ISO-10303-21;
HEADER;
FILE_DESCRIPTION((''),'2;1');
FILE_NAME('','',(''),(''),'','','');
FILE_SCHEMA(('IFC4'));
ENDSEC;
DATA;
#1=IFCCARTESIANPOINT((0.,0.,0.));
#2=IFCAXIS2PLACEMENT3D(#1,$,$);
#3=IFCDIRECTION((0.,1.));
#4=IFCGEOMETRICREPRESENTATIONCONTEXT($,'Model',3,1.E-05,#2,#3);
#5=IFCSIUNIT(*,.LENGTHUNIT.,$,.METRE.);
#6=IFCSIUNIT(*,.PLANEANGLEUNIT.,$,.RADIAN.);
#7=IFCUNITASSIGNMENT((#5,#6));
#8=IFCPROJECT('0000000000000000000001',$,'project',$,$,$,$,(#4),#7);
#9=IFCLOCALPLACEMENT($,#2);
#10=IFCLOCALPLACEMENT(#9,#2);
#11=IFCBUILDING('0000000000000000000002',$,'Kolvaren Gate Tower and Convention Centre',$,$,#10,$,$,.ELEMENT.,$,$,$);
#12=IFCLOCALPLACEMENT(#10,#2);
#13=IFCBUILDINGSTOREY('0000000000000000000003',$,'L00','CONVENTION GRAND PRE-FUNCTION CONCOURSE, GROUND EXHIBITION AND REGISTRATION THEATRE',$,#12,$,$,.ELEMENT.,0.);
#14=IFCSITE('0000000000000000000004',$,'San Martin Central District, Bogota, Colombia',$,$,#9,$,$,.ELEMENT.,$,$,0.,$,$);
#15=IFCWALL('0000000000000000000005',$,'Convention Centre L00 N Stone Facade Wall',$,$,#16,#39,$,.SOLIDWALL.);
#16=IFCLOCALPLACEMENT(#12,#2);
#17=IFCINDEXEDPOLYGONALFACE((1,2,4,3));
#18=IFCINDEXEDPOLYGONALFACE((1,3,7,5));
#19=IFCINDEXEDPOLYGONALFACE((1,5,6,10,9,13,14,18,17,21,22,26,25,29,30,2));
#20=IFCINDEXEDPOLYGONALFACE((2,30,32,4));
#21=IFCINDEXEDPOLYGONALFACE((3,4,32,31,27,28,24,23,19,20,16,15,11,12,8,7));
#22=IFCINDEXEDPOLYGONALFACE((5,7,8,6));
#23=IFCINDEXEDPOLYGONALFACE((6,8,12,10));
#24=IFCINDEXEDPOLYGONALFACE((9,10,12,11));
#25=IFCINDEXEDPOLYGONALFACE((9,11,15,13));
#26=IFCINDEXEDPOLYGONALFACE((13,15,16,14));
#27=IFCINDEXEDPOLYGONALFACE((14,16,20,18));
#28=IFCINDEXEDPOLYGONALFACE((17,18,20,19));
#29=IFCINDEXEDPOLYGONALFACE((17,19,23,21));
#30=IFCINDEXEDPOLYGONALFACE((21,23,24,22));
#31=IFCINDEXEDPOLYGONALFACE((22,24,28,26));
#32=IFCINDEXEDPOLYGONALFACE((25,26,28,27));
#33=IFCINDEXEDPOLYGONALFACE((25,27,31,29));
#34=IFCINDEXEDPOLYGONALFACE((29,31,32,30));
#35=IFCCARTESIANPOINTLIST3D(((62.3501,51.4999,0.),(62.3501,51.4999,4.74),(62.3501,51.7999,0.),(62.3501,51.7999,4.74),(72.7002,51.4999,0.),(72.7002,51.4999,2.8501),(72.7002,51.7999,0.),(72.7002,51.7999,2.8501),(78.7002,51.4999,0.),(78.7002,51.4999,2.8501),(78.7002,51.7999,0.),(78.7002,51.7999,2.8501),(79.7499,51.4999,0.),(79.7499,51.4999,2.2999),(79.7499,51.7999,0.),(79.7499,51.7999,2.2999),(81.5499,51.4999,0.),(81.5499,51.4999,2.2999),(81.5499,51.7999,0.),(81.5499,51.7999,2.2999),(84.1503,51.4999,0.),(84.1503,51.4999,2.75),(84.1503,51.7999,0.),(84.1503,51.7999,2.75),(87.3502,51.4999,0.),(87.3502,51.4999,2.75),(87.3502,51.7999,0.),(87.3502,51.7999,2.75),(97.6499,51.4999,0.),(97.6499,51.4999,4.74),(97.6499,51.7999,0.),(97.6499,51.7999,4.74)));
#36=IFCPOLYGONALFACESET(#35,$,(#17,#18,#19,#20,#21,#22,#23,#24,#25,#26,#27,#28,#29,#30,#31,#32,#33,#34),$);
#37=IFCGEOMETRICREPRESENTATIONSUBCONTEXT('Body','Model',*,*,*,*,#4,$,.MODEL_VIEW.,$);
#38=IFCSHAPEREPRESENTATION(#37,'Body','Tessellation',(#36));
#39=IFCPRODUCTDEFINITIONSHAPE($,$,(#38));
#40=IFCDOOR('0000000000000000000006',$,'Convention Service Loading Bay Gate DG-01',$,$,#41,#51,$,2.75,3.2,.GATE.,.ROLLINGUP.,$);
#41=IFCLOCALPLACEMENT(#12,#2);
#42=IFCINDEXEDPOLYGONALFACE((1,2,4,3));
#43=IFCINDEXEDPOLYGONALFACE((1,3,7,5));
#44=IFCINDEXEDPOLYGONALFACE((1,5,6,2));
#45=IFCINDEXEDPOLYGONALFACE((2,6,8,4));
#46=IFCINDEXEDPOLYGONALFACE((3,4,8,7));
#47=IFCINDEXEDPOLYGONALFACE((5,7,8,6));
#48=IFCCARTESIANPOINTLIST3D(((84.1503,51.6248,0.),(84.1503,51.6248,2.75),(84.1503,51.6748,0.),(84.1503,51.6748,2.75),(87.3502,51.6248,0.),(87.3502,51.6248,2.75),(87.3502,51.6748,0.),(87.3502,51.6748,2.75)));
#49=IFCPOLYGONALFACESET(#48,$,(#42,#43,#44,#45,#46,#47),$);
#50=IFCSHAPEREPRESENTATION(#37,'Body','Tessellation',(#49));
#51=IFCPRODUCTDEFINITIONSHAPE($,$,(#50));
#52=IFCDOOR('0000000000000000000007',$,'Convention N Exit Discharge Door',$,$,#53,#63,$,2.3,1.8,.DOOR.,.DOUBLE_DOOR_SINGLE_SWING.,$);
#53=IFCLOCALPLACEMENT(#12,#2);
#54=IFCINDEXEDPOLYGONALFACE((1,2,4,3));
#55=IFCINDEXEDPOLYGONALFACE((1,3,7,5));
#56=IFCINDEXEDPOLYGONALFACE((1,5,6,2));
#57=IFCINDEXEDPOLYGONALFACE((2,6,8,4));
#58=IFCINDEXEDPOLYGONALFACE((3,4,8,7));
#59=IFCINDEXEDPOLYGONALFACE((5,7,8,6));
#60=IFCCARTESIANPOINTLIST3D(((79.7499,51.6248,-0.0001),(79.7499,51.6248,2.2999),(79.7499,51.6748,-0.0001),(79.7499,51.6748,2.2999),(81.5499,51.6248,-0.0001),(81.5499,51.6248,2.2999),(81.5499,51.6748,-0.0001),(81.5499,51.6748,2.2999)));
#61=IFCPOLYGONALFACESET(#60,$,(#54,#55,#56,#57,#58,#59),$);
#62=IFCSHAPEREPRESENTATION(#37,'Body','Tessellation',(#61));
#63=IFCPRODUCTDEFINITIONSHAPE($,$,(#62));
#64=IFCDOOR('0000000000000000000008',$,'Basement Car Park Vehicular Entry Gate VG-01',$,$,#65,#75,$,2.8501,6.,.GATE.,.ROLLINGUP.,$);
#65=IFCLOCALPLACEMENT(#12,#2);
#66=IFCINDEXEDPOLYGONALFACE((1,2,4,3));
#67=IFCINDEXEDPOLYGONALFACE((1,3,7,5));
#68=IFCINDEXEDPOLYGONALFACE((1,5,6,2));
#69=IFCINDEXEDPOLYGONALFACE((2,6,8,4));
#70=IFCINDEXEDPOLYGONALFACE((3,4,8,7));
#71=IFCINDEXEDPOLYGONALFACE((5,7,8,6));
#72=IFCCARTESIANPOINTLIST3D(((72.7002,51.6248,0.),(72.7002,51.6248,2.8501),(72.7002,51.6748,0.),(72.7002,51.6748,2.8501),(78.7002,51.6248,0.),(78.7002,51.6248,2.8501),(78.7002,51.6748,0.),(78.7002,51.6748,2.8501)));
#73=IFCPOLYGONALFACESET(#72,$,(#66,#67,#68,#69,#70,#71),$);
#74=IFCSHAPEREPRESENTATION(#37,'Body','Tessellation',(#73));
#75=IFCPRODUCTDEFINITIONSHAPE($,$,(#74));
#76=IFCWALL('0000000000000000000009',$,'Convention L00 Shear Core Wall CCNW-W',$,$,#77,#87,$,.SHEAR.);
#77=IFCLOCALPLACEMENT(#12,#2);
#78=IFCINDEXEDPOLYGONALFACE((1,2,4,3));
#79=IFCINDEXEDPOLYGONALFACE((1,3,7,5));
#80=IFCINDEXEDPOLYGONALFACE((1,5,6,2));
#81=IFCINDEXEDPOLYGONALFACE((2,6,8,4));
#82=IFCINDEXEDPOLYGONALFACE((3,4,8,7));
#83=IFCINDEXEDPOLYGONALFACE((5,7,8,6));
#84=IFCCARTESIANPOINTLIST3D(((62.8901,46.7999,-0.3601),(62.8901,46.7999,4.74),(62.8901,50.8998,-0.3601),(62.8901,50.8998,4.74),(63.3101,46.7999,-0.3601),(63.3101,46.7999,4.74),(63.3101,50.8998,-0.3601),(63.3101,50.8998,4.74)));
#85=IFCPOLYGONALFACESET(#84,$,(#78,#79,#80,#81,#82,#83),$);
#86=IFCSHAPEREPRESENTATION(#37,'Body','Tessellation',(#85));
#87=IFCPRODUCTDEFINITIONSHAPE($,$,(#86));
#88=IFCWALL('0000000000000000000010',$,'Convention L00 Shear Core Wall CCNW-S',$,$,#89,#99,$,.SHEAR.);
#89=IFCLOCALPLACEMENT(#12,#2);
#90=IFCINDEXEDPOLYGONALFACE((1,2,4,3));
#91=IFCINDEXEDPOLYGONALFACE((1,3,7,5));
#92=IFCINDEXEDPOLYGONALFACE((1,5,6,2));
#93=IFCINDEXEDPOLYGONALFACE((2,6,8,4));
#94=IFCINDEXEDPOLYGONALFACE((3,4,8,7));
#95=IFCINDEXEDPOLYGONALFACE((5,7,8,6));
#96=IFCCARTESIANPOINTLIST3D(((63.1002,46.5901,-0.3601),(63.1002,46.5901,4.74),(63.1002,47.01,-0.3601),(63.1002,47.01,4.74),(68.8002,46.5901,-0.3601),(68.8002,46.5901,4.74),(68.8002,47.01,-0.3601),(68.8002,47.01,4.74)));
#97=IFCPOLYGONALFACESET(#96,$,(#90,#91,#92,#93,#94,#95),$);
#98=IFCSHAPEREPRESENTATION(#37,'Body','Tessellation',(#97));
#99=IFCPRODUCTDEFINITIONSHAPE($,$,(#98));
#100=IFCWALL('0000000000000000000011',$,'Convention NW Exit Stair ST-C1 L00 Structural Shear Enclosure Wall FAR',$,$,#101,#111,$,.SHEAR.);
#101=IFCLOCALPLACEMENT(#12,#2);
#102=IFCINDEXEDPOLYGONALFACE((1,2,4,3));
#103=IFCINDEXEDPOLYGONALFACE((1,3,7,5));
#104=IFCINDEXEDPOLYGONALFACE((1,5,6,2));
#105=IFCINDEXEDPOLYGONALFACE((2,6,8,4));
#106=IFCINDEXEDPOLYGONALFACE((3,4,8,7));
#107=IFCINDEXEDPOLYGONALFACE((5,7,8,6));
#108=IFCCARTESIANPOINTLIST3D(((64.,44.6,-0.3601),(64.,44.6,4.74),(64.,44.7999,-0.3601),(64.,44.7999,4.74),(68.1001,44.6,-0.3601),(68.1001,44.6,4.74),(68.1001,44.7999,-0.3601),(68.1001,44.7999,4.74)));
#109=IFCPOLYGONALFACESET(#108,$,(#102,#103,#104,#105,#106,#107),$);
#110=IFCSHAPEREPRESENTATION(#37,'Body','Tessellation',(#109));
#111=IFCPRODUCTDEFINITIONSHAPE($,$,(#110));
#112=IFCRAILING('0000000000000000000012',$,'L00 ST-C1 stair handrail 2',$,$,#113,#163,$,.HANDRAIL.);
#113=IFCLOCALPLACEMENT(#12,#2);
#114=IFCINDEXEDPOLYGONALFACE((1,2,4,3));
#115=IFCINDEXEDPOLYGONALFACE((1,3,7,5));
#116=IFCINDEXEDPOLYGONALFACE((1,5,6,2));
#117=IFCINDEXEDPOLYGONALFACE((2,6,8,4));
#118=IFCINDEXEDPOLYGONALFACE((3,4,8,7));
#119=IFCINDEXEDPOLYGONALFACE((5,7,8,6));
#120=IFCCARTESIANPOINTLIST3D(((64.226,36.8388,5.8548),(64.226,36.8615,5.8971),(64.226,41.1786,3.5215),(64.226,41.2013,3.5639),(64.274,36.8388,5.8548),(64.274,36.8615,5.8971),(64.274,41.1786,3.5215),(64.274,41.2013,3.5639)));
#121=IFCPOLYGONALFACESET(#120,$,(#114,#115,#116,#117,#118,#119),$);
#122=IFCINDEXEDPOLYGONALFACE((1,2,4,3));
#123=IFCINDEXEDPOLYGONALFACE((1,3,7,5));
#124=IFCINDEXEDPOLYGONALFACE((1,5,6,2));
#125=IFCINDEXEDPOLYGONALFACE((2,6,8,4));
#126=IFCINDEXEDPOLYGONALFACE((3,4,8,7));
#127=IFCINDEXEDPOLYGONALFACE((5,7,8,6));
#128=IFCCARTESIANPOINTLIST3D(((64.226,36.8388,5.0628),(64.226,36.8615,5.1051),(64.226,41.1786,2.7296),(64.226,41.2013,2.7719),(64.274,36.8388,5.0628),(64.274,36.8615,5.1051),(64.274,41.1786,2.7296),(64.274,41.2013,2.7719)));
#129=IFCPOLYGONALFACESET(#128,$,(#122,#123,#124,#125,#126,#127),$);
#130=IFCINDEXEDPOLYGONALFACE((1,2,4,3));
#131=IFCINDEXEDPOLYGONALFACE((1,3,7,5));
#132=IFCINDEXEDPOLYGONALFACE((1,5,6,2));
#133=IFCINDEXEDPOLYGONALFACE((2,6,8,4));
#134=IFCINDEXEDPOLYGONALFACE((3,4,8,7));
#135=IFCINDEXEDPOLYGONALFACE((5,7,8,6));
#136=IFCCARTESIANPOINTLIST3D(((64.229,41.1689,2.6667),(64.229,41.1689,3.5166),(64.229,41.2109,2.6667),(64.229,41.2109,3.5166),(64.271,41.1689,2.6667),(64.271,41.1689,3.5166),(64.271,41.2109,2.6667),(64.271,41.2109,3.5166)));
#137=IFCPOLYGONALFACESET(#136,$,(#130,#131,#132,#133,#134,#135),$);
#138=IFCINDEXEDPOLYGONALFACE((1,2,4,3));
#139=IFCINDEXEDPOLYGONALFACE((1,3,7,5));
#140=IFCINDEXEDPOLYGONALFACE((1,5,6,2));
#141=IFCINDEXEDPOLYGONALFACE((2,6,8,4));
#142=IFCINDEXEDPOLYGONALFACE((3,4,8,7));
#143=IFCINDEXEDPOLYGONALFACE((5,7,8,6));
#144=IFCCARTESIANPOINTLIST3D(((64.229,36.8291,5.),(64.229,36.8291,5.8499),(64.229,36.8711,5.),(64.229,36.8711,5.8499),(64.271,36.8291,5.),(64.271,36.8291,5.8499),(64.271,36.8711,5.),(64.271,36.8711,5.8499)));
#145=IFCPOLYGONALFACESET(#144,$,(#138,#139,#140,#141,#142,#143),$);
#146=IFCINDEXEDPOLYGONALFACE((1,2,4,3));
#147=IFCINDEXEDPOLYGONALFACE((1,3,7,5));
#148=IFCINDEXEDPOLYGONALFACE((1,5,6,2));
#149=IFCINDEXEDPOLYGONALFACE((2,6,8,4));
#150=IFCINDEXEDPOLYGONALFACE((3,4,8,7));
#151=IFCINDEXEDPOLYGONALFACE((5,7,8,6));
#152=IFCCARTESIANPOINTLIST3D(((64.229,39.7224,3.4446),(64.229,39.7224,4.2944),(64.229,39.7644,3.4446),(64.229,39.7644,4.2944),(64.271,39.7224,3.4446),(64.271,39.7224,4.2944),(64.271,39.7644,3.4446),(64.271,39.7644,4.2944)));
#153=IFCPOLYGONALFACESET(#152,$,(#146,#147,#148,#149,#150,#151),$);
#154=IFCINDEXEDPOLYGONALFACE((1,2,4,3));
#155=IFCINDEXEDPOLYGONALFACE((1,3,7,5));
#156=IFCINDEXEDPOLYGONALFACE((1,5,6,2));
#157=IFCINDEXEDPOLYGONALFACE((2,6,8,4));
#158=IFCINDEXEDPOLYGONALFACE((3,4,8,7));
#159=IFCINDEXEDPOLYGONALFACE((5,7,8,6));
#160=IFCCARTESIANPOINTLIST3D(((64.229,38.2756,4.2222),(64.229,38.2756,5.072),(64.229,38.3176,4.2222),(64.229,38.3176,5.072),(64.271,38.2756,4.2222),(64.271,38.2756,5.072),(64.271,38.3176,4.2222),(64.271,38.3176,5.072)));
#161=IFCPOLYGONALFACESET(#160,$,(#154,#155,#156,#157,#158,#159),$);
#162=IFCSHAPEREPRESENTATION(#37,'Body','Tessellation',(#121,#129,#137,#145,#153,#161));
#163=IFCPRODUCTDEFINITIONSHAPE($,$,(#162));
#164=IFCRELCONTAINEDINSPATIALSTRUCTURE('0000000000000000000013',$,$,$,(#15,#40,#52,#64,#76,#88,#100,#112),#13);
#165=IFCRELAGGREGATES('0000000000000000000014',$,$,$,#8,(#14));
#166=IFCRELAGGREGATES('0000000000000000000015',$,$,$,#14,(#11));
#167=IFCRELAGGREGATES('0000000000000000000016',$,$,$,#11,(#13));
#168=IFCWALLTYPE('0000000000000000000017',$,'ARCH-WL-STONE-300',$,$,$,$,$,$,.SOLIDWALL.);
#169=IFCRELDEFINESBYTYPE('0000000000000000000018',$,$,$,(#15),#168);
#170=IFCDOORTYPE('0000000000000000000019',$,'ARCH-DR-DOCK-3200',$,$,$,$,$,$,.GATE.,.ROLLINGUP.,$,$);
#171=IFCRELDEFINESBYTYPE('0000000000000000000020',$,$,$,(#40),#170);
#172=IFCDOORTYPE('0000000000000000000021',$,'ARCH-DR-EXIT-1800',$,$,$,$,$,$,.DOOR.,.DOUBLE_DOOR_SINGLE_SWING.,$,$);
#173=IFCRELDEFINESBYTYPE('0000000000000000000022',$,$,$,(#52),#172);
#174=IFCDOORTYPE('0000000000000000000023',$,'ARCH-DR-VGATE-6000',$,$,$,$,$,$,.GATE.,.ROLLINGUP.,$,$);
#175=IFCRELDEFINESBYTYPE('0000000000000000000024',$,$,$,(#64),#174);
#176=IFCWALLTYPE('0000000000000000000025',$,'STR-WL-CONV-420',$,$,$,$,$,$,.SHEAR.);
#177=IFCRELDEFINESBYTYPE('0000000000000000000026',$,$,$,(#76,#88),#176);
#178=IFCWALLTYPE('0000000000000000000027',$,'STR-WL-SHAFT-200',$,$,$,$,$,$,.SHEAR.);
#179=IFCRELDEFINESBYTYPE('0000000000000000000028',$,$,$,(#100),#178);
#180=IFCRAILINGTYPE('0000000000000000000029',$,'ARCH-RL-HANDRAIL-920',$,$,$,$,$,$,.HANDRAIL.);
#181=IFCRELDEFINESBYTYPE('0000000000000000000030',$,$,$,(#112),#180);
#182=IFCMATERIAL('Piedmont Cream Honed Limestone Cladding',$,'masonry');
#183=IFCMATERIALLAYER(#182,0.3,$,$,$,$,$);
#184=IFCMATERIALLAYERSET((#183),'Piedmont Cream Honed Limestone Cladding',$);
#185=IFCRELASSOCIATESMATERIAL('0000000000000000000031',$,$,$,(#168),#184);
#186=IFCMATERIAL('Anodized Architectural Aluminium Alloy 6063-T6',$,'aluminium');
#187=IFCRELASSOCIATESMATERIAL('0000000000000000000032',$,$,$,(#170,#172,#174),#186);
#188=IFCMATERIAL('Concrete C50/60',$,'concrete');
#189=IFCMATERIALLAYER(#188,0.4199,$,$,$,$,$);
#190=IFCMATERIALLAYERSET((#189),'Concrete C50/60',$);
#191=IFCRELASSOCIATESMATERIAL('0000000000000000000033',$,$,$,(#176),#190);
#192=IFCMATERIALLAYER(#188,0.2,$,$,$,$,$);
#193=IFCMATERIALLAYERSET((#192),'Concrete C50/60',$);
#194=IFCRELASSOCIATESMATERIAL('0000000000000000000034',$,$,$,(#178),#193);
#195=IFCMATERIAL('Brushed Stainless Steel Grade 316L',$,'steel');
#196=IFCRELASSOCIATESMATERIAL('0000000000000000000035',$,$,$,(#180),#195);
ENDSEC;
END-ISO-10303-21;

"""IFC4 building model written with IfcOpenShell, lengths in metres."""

from ifc_helpers import new_model, si_unit, direction, frame, frame_2d, origin, origin_2d, place, context, subcontext, project, spatial, rectangle, extrude, material, layer, layer_set, type_object, element, fill, save


model = new_model("IFC4")

# Units and contexts
model_context = context("Model", 3, precision=1e-05, world=origin(), true_north=direction((0.0, 1.0)))
body_context = subcontext(model_context, "Body", "Model", "MODEL_VIEW")
ifc_project = project(units=[si_unit("LENGTHUNIT", "METRE"), si_unit("PLANEANGLEUNIT", "RADIAN")], contexts=[model_context])

# Site, building, storey
site_placement = place(None, origin())
site = spatial("IfcSite", under=ifc_project, at=site_placement, Name="San Martin Central District, Bogota, Colombia", CompositionType="ELEMENT", RefElevation=0.0)
building_placement = place(site_placement, origin())
building = spatial("IfcBuilding", under=site, at=building_placement, Name="Kolvaren Gate Tower and Convention Centre", CompositionType="ELEMENT")
storey_placement = place(building_placement, origin())
storey = spatial("IfcBuildingStorey", under=building, at=storey_placement, Name="L00", Description="CONVENTION GRAND PRE-FUNCTION CONCOURSE, GROUND EXHIBITION AND REGISTRATION THEATRE", CompositionType="ELEMENT", Elevation=0.0)

# Shared definitions
ifc_material_1 = material(Name="Anodized Architectural Aluminium Alloy 6063-T6", Category="aluminium")

# Shared definitions
ifc_material_2 = material(Name="Brushed Stainless Steel Grade 316L", Category="steel")

# Wall, openings, doors
ifc_material_3 = material(Name="Piedmont Cream Honed Limestone Cladding", Category="masonry")
ifc_layer_1 = layer(ifc_material_3, 0.3)
ifc_layer_set_1 = layer_set([ifc_layer_1], Name="Piedmont Cream Honed Limestone Cladding")
wall_type_1 = type_object("IfcWallType", Name="ARCH-WL-STONE-300", PredefinedType="SOLIDWALL", material=ifc_layer_set_1)
wall_1_placement = place(storey_placement, frame((62.3501, 51.6499, 0.0), z_axis=(0.0, 0.0, 1.0), x_axis=(1.0, 0.0, 0.0)))
wall_1 = element("IfcWall", 1, at=wall_1_placement, inside=storey, type_object=wall_type_1, Name="Convention Centre L00 N Stone Facade Wall", PredefinedType="SOLIDWALL", context=body_context, shape_type="SweptSolid", body=[
    extrude(rectangle(XDim=35.2998, YDim=0.3, at=frame_2d((17.6499, 0.0))), origin(), (0.0, 0.0, 1.0), 4.74),
])
opening_1_placement = place(wall_1_placement, frame((10.3501, 0.0, 0.0)))
opening_1 = element("IfcOpeningElement", 2, at=opening_1_placement, cuts=wall_1, PredefinedType="OPENING", context=body_context, shape_type="SweptSolid", body=[
    extrude(rectangle(XDim=6.0, YDim=2.8501, at=frame_2d((3.0, 1.425))), frame((0.0, 0.1599, 0.0), z_axis=(0.0, -1.0, 0.0), x_axis=(1.0, 0.0, 0.0)), (0.0, 0.0, 1.0), 0.3201),
])
opening_2_placement = place(wall_1_placement, frame((17.3999, 0.0, 0.0)))
opening_2 = element("IfcOpeningElement", 3, at=opening_2_placement, cuts=wall_1, PredefinedType="OPENING", context=body_context, shape_type="SweptSolid", body=[
    extrude(rectangle(XDim=1.8, YDim=2.3, at=frame_2d((0.8999, 1.1499))), frame((0.0, 0.1599, 0.0), z_axis=(0.0, -1.0, 0.0), x_axis=(1.0, 0.0, 0.0)), (0.0, 0.0, 1.0), 0.3201),
])
opening_3_placement = place(wall_1_placement, frame((21.8, 0.0, 0.0)))
opening_3 = element("IfcOpeningElement", 4, at=opening_3_placement, cuts=wall_1, PredefinedType="OPENING", context=body_context, shape_type="SweptSolid", body=[
    extrude(rectangle(XDim=3.2, YDim=2.75, at=frame_2d((1.6001, 1.375))), frame((0.0, 0.1599, 0.0), z_axis=(0.0, -1.0, 0.0), x_axis=(1.0, 0.0, 0.0)), (0.0, 0.0, 1.0), 0.3201),
])
door_type_1 = type_object("IfcDoorType", Name="ARCH-DR-DOCK-3200", OperationType="ROLLINGUP", PredefinedType="GATE", material=ifc_material_1)
door_1_placement = place(opening_3_placement, origin())
door_1 = element("IfcDoor", 5, at=door_1_placement, inside=storey, type_object=door_type_1, Name="Convention Service Loading Bay Gate DG-01", OperationType="ROLLINGUP", OverallHeight=2.75, OverallWidth=3.2, PredefinedType="GATE", context=body_context, shape_type="SweptSolid", body=[
    extrude(rectangle(XDim=3.2, YDim=2.75, at=frame_2d((1.6001, 1.375))), frame((0.0, 0.0249, 0.0), z_axis=(0.0, -1.0, 0.0), x_axis=(1.0, 0.0, 0.0)), (0.0, 0.0, 1.0), 0.05),
])
fill(opening_3, door_1)
door_type_2 = type_object("IfcDoorType", Name="ARCH-DR-EXIT-1800", OperationType="DOUBLE_DOOR_SINGLE_SWING", PredefinedType="DOOR", material=ifc_material_1)
door_2_placement = place(opening_2_placement, origin())
door_2 = element("IfcDoor", 6, at=door_2_placement, inside=storey, type_object=door_type_2, Name="Convention N Exit Discharge Door", OperationType="DOUBLE_DOOR_SINGLE_SWING", OverallHeight=2.3, OverallWidth=1.8, PredefinedType="DOOR", context=body_context, shape_type="SweptSolid", body=[
    extrude(rectangle(XDim=1.8, YDim=2.3, at=frame_2d((0.8999, 1.1499))), frame((0.0, 0.0249, 0.0), z_axis=(0.0, -1.0, 0.0), x_axis=(1.0, 0.0, 0.0)), (0.0, 0.0, 1.0), 0.05),
])
fill(opening_2, door_2)
door_type_3 = type_object("IfcDoorType", Name="ARCH-DR-VGATE-6000", OperationType="ROLLINGUP", PredefinedType="GATE", material=ifc_material_1)
door_3_placement = place(opening_1_placement, origin())
door_3 = element("IfcDoor", 7, at=door_3_placement, inside=storey, type_object=door_type_3, Name="Basement Car Park Vehicular Entry Gate VG-01", OperationType="ROLLINGUP", OverallHeight=2.8501, OverallWidth=6.0, PredefinedType="GATE", context=body_context, shape_type="SweptSolid", body=[
    extrude(rectangle(XDim=6.0, YDim=2.8501, at=frame_2d((3.0, 1.425))), frame((0.0, 0.0249, 0.0), z_axis=(0.0, -1.0, 0.0), x_axis=(1.0, 0.0, 0.0)), (0.0, 0.0, 1.0), 0.05),
])
fill(opening_1, door_3)

# Walls
ifc_material_4 = material(Name="Concrete C50/60", Category="concrete")
ifc_layer_2 = layer(ifc_material_4, 0.4199)
ifc_layer_set_2 = layer_set([ifc_layer_2], Name="Concrete C50/60")
wall_type_2 = type_object("IfcWallType", Name="STR-WL-CONV-420", PredefinedType="SHEAR", material=ifc_layer_set_2)
wall_2_placement = place(storey_placement, frame((63.1001, 46.8, -0.3601), z_axis=(0.0, 0.0, 1.0), x_axis=(0.0, 1.0, 0.0)))
element("IfcWall", 8, at=wall_2_placement, inside=storey, type_object=wall_type_2, Name="Convention L00 Shear Core Wall CCNW-W", PredefinedType="SHEAR", context=body_context, shape_type="SweptSolid", body=[
    extrude(rectangle(XDim=4.0999, YDim=0.4199, at=frame_2d((2.0498, 0.0))), origin(), (0.0, 0.0, 1.0), 5.1001),
])
wall_3_placement = place(storey_placement, frame((63.1001, 46.8, -0.3601), z_axis=(0.0, 0.0, 1.0), x_axis=(1.0, 0.0, 0.0)))
element("IfcWall", 9, at=wall_3_placement, inside=storey, type_object=wall_type_2, Name="Convention L00 Shear Core Wall CCNW-S", PredefinedType="SHEAR", context=body_context, shape_type="SweptSolid", body=[
    extrude(rectangle(XDim=5.7, YDim=0.4199, at=frame_2d((2.8501, 0.0))), origin(), (0.0, 0.0, 1.0), 5.1001),
])
ifc_layer_3 = layer(ifc_material_4, 0.2)
ifc_layer_set_3 = layer_set([ifc_layer_3], Name="Concrete C50/60")
wall_type_3 = type_object("IfcWallType", Name="STR-WL-SHAFT-200", PredefinedType="SHEAR", material=ifc_layer_set_3)
wall_4_placement = place(storey_placement, frame((64.0, 44.7, -0.3601), z_axis=(0.0, 0.0, 1.0), x_axis=(1.0, 0.0, 0.0)))
element("IfcWall", 10, at=wall_4_placement, inside=storey, type_object=wall_type_3, Name="Convention NW Exit Stair ST-C1 L00 Structural Shear Enclosure Wall FAR", PredefinedType="SHEAR", context=body_context, shape_type="SweptSolid", body=[
    extrude(rectangle(XDim=4.1001, YDim=0.2, at=frame_2d((2.05, 0.0))), origin(), (0.0, 0.0, 1.0), 5.1001),
])

# Railing
railing_type = type_object("IfcRailingType", Name="ARCH-RL-HANDRAIL-920", PredefinedType="HANDRAIL", material=ifc_material_2)
railing_placement = place(storey_placement, frame((64.25, 41.1899, 2.6667)))
element("IfcRailing", 11, at=railing_placement, inside=storey, type_object=railing_type, Name="L00 ST-C1 stair handrail 2", PredefinedType="HANDRAIL", context=body_context, shape_type="SweptSolid", body=[
    extrude(rectangle(XDim=0.0481, YDim=0.0481, at=origin_2d()), frame((0.0, 0.0, 0.876), z_axis=(0.0, -0.880775, 0.473535), x_axis=(1.0, 0.0, 0.0)), (0.0, 0.0, 1.0), 4.9272),
    extrude(rectangle(XDim=0.0481, YDim=0.0481, at=origin_2d()), frame((0.0, 0.0, 0.084), z_axis=(0.0, -0.880775, 0.473535), x_axis=(1.0, 0.0, 0.0)), (0.0, 0.0, 1.0), 4.9272),
    extrude(rectangle(XDim=0.042, YDim=0.042, at=origin_2d()), origin(), (0.0, 0.0, 1.0), 0.8499),
    extrude(rectangle(XDim=0.042, YDim=0.042, at=origin_2d()), frame((0.0, -4.3398, 2.3333)), (0.0, 0.0, 1.0), 0.8499),
    extrude(rectangle(XDim=0.042, YDim=0.042, at=origin_2d()), frame((0.0, -1.4465, 0.7778)), (0.0, 0.0, 1.0), 0.8499),
    extrude(rectangle(XDim=0.042, YDim=0.042, at=origin_2d()), frame((0.0, -2.8933, 1.5554)), (0.0, 0.0, 1.0), 0.8499),
])

save(model, "model.ifc")
